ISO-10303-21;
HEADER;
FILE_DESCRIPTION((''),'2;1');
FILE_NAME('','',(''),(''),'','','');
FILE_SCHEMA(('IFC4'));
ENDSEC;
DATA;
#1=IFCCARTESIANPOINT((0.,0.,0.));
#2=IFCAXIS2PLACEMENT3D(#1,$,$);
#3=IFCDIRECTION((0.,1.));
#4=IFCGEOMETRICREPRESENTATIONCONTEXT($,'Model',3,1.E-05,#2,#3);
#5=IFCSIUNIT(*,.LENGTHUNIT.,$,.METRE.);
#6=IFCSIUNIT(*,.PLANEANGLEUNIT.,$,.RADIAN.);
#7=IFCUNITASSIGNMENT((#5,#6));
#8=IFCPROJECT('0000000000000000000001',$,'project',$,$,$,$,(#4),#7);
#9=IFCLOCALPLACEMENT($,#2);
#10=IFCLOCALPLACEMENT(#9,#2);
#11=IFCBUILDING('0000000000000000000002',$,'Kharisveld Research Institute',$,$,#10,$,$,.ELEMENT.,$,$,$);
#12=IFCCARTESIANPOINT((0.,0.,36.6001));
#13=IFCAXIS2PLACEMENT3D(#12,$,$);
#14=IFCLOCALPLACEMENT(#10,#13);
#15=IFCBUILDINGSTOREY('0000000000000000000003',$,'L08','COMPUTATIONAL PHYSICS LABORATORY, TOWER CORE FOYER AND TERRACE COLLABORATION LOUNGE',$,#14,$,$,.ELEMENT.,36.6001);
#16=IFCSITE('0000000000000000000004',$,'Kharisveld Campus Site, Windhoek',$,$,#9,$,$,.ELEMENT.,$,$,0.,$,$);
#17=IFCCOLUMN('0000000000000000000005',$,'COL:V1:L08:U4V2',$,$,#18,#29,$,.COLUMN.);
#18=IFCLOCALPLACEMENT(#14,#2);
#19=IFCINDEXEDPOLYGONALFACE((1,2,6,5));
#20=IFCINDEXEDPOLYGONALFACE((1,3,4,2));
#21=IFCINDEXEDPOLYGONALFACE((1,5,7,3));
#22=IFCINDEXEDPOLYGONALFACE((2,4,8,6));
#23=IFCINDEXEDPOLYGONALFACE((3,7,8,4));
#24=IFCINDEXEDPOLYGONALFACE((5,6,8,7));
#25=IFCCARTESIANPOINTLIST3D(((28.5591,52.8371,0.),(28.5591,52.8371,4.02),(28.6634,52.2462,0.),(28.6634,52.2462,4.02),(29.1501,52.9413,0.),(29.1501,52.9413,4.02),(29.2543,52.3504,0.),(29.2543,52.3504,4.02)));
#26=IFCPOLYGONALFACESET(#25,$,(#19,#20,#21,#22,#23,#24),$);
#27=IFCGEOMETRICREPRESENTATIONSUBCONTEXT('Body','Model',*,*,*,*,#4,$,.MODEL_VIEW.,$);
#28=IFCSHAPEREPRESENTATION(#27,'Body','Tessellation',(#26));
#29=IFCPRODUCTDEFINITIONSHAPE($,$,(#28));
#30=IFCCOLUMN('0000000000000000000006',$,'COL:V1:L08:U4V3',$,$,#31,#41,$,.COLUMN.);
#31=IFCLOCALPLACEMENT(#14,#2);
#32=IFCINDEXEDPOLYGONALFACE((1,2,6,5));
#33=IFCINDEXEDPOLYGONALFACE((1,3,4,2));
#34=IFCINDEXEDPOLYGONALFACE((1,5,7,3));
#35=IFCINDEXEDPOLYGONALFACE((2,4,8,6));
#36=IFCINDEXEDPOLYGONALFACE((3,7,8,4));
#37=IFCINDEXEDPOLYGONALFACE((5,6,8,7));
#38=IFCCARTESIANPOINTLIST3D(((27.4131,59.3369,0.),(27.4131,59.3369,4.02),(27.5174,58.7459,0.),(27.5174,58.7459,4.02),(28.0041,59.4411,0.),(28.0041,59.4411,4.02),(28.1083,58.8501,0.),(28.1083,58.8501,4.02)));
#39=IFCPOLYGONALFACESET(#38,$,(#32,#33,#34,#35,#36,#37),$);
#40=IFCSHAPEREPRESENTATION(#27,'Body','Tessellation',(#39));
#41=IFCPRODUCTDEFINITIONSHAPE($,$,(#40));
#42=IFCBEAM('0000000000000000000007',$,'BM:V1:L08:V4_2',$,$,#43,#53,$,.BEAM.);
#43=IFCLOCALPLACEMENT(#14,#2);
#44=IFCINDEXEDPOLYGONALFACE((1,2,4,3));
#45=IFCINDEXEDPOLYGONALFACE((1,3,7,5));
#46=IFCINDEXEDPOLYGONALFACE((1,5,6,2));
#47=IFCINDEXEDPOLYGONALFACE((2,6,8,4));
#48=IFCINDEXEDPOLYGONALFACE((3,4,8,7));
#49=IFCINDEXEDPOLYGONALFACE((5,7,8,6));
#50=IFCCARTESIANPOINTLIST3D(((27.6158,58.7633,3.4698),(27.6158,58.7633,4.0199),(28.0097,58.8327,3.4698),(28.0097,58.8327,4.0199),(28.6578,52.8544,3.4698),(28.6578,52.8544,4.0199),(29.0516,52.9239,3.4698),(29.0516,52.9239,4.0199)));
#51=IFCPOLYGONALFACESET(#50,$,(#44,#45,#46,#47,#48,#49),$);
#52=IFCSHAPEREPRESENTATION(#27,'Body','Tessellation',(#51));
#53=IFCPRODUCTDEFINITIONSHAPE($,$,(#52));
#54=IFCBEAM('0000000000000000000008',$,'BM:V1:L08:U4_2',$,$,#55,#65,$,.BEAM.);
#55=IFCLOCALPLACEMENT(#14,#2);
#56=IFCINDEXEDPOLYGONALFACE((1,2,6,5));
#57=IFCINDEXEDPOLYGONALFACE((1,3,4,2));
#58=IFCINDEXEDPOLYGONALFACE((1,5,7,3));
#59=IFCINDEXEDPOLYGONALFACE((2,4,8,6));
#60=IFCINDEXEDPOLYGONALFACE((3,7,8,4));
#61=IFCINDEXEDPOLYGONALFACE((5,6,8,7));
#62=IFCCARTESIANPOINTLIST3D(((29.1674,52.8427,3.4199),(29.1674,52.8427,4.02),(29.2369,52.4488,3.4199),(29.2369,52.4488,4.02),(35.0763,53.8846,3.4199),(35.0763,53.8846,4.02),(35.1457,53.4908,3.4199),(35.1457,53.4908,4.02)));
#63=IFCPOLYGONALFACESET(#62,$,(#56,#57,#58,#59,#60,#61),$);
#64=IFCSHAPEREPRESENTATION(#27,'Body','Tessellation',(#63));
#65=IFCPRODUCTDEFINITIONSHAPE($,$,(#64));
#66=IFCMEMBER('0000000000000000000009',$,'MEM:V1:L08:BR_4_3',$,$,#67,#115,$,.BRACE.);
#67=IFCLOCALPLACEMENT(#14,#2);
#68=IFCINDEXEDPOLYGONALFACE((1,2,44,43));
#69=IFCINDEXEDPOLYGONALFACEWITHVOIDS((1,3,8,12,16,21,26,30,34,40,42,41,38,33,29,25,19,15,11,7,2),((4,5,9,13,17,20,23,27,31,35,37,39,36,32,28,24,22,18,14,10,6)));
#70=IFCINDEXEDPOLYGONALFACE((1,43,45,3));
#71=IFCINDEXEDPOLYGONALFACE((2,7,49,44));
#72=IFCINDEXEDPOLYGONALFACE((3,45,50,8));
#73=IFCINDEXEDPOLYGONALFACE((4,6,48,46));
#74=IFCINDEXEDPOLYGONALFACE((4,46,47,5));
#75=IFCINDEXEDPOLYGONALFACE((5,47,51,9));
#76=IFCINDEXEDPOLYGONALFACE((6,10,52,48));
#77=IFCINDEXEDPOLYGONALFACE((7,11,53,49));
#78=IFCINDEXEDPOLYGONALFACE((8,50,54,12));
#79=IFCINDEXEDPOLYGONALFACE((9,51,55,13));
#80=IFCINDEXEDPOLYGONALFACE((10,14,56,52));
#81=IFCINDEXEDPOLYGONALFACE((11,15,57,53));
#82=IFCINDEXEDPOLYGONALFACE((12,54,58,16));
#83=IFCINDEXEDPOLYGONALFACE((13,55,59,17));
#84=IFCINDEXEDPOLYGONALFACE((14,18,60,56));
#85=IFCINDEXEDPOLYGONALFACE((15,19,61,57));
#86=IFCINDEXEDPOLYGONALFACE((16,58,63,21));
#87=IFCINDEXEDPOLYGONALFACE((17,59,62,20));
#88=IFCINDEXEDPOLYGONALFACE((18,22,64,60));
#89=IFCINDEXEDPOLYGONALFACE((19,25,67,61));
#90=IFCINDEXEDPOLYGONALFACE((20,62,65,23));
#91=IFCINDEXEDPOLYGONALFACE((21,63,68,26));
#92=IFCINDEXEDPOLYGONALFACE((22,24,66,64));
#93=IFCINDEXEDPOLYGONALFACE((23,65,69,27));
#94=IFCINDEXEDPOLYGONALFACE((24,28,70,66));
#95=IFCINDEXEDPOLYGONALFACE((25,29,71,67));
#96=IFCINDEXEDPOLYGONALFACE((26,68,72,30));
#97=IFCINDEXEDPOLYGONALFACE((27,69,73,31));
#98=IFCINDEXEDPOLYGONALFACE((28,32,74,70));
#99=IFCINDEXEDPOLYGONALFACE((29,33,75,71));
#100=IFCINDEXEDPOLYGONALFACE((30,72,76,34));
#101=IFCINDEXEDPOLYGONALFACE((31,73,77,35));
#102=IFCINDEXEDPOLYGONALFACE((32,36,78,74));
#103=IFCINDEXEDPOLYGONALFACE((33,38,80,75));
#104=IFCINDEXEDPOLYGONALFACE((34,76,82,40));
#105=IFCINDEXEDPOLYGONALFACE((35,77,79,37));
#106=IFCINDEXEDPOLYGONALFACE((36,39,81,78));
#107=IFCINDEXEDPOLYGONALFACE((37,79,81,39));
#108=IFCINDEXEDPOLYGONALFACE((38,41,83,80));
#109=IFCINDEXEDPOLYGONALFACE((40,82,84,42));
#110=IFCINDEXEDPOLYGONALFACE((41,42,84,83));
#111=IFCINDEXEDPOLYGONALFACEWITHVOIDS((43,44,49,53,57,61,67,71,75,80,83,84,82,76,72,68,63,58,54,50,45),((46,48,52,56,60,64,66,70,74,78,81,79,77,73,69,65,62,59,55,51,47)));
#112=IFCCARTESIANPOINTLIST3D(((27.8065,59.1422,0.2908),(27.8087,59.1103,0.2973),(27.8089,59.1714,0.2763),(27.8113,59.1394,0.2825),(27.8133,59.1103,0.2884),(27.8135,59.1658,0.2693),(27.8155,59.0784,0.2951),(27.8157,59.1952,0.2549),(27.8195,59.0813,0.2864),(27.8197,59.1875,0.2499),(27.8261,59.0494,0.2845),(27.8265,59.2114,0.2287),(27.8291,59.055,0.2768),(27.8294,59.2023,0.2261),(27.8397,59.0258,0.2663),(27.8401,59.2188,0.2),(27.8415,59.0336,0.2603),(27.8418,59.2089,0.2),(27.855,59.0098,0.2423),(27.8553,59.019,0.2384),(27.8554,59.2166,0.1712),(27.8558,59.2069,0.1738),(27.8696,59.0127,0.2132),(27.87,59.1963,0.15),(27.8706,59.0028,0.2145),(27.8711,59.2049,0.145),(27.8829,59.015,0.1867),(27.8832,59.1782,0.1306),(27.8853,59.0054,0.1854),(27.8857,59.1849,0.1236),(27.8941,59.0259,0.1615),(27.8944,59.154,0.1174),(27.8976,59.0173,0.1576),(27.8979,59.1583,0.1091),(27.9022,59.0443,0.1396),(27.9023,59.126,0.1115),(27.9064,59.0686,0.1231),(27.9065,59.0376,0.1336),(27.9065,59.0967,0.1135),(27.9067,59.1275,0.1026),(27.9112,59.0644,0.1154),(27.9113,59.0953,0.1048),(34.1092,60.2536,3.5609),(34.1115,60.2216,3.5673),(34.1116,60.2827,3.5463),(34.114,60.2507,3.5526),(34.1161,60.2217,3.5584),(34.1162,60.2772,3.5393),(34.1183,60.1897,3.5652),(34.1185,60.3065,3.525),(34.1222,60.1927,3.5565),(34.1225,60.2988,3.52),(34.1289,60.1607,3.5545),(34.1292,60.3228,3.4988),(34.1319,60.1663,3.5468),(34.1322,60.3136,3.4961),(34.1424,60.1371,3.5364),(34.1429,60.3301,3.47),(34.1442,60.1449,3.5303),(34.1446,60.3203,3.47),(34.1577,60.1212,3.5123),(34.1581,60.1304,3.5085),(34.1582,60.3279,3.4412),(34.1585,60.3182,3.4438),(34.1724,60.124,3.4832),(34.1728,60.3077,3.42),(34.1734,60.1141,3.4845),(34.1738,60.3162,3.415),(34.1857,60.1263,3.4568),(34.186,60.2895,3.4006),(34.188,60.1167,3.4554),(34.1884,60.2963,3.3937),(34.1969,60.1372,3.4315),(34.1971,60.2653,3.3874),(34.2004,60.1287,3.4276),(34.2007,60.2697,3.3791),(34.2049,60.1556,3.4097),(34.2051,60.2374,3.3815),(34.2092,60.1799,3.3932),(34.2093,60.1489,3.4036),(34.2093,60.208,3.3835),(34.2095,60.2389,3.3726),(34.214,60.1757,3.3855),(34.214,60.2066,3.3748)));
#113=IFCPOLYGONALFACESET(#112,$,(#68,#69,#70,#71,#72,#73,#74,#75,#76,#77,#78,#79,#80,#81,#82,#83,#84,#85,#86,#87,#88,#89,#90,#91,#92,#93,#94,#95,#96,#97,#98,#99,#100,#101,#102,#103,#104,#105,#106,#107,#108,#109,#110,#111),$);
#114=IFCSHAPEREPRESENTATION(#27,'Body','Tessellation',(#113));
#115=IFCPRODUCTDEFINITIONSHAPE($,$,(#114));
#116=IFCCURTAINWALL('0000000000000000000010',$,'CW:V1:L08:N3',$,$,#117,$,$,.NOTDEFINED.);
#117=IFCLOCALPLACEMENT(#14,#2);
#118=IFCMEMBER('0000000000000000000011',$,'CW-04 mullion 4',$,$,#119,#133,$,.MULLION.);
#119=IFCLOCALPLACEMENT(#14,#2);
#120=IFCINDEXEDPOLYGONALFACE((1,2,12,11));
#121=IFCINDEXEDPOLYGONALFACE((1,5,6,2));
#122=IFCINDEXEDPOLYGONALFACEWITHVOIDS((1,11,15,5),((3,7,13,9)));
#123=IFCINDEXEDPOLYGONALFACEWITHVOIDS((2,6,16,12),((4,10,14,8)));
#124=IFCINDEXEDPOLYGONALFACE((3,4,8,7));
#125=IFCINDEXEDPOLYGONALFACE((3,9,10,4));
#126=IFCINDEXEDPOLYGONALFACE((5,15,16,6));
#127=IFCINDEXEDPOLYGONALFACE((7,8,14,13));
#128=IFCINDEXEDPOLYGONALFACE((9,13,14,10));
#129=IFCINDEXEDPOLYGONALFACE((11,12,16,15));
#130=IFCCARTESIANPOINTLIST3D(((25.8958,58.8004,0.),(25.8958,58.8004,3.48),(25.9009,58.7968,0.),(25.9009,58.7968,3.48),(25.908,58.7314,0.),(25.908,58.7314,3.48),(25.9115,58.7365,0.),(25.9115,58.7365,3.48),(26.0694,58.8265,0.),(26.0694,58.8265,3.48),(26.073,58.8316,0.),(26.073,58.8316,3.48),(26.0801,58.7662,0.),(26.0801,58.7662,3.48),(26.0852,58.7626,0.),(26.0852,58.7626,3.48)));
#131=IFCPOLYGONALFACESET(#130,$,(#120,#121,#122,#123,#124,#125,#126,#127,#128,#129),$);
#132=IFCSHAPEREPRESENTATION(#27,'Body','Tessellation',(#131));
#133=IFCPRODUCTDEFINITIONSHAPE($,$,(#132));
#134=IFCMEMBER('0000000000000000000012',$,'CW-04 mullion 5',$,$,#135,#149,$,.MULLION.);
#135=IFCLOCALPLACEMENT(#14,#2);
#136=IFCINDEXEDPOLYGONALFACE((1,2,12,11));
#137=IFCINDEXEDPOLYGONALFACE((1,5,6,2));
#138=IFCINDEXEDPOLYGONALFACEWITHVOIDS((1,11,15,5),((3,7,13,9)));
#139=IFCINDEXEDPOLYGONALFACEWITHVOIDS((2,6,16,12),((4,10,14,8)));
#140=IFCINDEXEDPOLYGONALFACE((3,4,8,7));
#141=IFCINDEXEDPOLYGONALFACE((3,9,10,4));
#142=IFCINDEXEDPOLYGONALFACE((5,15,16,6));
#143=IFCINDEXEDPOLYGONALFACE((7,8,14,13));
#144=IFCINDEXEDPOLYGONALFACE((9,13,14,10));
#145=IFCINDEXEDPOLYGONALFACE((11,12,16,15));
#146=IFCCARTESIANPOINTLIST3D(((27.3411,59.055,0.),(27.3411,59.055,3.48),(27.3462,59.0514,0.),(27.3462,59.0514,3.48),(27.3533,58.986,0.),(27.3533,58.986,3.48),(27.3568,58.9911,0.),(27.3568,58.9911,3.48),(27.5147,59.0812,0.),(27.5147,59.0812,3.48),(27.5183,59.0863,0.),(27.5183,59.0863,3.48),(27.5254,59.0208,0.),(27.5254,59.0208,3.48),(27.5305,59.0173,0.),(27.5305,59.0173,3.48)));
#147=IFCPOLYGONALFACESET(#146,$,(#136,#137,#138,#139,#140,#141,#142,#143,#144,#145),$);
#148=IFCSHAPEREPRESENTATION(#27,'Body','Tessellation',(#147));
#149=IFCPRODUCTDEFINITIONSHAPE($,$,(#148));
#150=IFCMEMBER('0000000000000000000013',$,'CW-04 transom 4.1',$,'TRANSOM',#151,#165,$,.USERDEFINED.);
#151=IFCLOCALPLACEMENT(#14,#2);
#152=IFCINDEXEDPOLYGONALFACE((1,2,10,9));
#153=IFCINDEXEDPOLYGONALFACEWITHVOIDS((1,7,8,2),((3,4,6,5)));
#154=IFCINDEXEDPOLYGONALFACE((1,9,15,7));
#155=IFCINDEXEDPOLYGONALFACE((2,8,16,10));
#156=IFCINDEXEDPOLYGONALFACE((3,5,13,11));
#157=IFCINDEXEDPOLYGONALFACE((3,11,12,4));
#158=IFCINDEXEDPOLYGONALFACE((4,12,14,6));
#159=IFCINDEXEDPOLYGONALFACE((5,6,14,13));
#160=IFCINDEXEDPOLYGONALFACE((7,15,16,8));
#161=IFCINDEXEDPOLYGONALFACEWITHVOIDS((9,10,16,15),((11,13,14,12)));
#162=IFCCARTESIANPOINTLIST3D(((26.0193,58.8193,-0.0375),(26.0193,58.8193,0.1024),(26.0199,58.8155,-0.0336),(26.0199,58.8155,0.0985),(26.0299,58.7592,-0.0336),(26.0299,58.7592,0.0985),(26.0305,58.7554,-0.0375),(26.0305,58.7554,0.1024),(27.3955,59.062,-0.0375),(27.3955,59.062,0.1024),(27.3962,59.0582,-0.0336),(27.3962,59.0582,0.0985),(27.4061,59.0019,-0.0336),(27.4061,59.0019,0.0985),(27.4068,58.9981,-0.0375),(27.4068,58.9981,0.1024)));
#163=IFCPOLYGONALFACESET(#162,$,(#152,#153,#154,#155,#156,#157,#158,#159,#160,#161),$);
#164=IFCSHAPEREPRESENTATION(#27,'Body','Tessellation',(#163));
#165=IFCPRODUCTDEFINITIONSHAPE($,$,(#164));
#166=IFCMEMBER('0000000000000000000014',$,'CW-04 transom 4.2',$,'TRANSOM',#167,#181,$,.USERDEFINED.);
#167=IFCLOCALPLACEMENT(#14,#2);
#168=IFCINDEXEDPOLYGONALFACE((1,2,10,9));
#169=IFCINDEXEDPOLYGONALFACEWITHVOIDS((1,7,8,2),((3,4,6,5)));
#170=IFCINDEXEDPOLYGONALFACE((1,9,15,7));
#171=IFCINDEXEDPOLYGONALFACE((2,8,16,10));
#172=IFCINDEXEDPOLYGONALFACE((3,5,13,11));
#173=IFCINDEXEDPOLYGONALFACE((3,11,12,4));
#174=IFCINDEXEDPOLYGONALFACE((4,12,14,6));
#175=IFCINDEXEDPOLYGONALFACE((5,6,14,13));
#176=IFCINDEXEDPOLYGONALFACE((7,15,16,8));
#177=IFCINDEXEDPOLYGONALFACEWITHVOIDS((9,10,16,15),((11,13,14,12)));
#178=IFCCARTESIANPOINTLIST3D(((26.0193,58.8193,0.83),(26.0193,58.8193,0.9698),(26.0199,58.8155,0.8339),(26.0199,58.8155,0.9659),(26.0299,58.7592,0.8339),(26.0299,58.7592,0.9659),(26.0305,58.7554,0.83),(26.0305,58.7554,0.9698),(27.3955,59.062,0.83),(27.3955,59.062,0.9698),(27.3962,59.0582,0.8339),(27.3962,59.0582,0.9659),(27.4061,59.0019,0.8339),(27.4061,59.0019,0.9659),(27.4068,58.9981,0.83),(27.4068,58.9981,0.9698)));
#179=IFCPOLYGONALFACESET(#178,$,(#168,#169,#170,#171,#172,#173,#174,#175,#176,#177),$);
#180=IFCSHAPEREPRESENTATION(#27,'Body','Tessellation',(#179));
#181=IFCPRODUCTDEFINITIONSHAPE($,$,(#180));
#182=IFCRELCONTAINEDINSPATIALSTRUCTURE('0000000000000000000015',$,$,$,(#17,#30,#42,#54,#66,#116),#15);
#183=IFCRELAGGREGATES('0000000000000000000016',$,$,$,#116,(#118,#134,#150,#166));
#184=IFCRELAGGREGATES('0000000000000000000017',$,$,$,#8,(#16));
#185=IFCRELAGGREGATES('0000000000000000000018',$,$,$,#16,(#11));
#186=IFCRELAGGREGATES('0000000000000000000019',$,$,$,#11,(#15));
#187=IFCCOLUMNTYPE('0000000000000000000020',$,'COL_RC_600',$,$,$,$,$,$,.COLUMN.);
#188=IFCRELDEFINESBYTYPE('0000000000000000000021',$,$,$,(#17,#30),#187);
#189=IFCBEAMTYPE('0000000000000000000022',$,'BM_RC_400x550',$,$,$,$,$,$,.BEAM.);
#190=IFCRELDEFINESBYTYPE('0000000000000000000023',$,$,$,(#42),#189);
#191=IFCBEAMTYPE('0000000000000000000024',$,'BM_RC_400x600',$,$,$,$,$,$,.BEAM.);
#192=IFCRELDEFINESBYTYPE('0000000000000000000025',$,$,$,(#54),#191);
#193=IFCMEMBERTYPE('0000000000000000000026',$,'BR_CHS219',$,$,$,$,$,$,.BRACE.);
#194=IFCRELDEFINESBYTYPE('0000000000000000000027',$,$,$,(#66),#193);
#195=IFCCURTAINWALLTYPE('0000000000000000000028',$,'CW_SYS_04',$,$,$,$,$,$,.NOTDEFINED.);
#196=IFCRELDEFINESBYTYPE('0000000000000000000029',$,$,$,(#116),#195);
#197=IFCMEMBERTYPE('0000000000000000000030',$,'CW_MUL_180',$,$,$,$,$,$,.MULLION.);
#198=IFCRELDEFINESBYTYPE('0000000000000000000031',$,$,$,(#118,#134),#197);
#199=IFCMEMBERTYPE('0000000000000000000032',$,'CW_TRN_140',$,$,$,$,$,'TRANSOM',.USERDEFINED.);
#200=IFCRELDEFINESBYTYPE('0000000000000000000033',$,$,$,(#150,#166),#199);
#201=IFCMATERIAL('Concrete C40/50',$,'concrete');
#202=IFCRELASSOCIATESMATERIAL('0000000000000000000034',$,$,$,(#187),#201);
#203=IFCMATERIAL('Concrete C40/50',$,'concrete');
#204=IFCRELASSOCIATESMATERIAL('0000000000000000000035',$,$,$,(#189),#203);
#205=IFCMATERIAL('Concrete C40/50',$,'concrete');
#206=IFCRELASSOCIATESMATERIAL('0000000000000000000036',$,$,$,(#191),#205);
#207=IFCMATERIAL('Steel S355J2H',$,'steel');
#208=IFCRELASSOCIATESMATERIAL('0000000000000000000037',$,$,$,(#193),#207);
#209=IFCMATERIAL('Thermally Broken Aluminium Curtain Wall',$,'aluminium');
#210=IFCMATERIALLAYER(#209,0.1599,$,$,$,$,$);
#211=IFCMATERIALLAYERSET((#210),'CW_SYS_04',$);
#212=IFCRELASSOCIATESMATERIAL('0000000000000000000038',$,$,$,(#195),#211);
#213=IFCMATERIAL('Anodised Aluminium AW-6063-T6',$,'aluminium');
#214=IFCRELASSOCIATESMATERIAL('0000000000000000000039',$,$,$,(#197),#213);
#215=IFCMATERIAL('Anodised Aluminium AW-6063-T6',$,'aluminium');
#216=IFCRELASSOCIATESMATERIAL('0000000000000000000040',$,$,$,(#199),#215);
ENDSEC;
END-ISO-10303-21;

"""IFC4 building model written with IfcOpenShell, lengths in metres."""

from ifc_helpers import new_model, si_unit, direction, frame, origin, origin_2d, place, context, subcontext, project, spatial, rectangle, hollow_rectangle, hollow_circle, extrude, material, layer, layer_set, material_profile, profile_set, type_object, element, aggregate, save


model = new_model("IFC4")

# Units and contexts
model_context = context("Model", 3, precision=1e-05, world=origin(), true_north=direction((0.0, 1.0)))
body_context = subcontext(model_context, "Body", "Model", "MODEL_VIEW")
ifc_project = project(units=[si_unit("LENGTHUNIT", "METRE"), si_unit("PLANEANGLEUNIT", "RADIAN")], contexts=[model_context])

# Site, building, storey
site_placement = place(None, origin())
site = spatial("IfcSite", under=ifc_project, at=site_placement, Name="Kharisveld Campus Site, Windhoek", CompositionType="ELEMENT", RefElevation=0.0)
building_placement = place(site_placement, origin())
building = spatial("IfcBuilding", under=site, at=building_placement, Name="Kharisveld Research Institute", CompositionType="ELEMENT")
storey_placement = place(building_placement, frame((0.0, 0.0, 36.6001)))
storey = spatial("IfcBuildingStorey", under=building, at=storey_placement, Name="L08", Description="COMPUTATIONAL PHYSICS LABORATORY, TOWER CORE FOYER AND TERRACE COLLABORATION LOUNGE", CompositionType="ELEMENT", Elevation=36.6001)

# Columns
ifc_material_1 = material(Name="Concrete C40/50", Category="concrete")
ifc_material_profile_1 = material_profile(ifc_material_1, rectangle(XDim=0.6001, YDim=0.6001, at=origin_2d()))
ifc_profile_set_1 = profile_set([ifc_material_profile_1], Name="Concrete C40/50")
column_type = type_object("IfcColumnType", Name="COL_RC_600", PredefinedType="COLUMN", material=ifc_profile_set_1)
for number, where, z_axis, x_axis, name in (
    (1, (28.9067, 52.5938, 0.0), (0.0, 0.0, 1.0), (0.984808, 0.173648, 0.0), "COL:V1:L08:U4V2"),
    (2, (27.7607, 59.0935, 0.0), (0.0, 0.0, 1.0), (0.984808, 0.173648, 0.0), "COL:V1:L08:U4V3"),
):
    element("IfcColumn", number, at=place(storey_placement, frame(where, z_axis=z_axis, x_axis=x_axis)), inside=storey, type_object=column_type, Name=name, PredefinedType="COLUMN", context=body_context, shape_type="SweptSolid", body=[
        extrude(rectangle(XDim=0.6001, YDim=0.6001, at=origin_2d()), origin(), (0.0, 0.0, 1.0), 4.02),
    ])

# Beams
ifc_material_2 = material(Name="Concrete C40/50", Category="concrete")
ifc_material_profile_2 = material_profile(ifc_material_2, rectangle(XDim=0.3999, YDim=0.55, at=origin_2d()))
ifc_profile_set_2 = profile_set([ifc_material_profile_2], Name="Concrete C40/50")
beam_type_1 = type_object("IfcBeamType", Name="BM_RC_400x550", PredefinedType="BEAM", material=ifc_profile_set_2)
beam_1_placement = place(storey_placement, frame((28.8547, 52.8892, 3.7449), z_axis=(-0.173662, 0.984805, 0.0), x_axis=(-0.984805, -0.173662, 0.0)))
element("IfcBeam", 3, at=beam_1_placement, inside=storey, type_object=beam_type_1, Name="BM:V1:L08:V4_2", PredefinedType="BEAM", context=body_context, shape_type="SweptSolid", body=[
    extrude(rectangle(XDim=0.3999, YDim=0.55, at=origin_2d()), origin(), (0.0, 0.0, 1.0), 6.0),
])
ifc_material_3 = material(Name="Concrete C40/50", Category="concrete")
ifc_material_profile_3 = material_profile(ifc_material_3, rectangle(XDim=0.3999, YDim=0.6001, at=origin_2d()))
ifc_profile_set_3 = profile_set([ifc_material_profile_3], Name="Concrete C40/50")
beam_type_2 = type_object("IfcBeamType", Name="BM_RC_400x600", PredefinedType="BEAM", material=ifc_profile_set_3)
beam_2_placement = place(storey_placement, frame((29.2021, 52.6458, 3.72), z_axis=(0.984805, 0.173662, 0.0), x_axis=(-0.173662, 0.984805, 0.0)))
element("IfcBeam", 4, at=beam_2_placement, inside=storey, type_object=beam_type_2, Name="BM:V1:L08:U4_2", PredefinedType="BEAM", context=body_context, shape_type="SweptSolid", body=[
    extrude(rectangle(XDim=0.3999, YDim=0.6001, at=origin_2d()), origin(), (0.0, 0.0, 1.0), 6.0),
])

# Member
ifc_material_4 = material(Name="Steel S355J2H", Category="steel")
ifc_material_profile_4 = material_profile(ifc_material_4, hollow_circle(Radius=0.1096, WallThickness=0.01, at=origin_2d()))
ifc_profile_set_4 = profile_set([ifc_material_profile_4], Name="Steel S355J2H")
member_type_1 = type_object("IfcMemberType", Name="BR_CHS219", PredefinedType="BRACE", material=ifc_profile_set_4)
member_1_placement = place(storey_placement, frame((27.8591, 59.1108, 0.2), z_axis=(0.876967, 0.154631, 0.454993), x_axis=(-0.173646, 0.984808, 0.0)))
element("IfcMember", 5, at=member_1_placement, inside=storey, type_object=member_type_1, Name="MEM:V1:L08:BR_4_3", PredefinedType="BRACE", context=body_context, shape_type="SweptSolid", body=[
    extrude(hollow_circle(Radius=0.1096, WallThickness=0.01, at=origin_2d()), origin(), (0.0, 0.0, 1.0), 7.187),
])

# Curtain wall, members
ifc_material_5 = material(Name="Thermally Broken Aluminium Curtain Wall", Category="aluminium")
ifc_layer_1 = layer(ifc_material_5, 0.1599)
ifc_layer_set_1 = layer_set([ifc_layer_1], Name="CW_SYS_04")
curtain_wall_type = type_object("IfcCurtainWallType", Name="CW_SYS_04", PredefinedType="NOTDEFINED", material=ifc_layer_set_1)
curtain_wall_placement = place(storey_placement, origin())
curtain_wall = element("IfcCurtainWall", 6, at=curtain_wall_placement, inside=storey, type_object=curtain_wall_type, Name="CW:V1:L08:N3", PredefinedType="NOTDEFINED")
ifc_material_6 = material(Name="Anodised Aluminium AW-6063-T6", Category="aluminium")
ifc_material_profile_5 = material_profile(ifc_material_6, hollow_rectangle(XDim=0.0701, YDim=0.1799, WallThickness=0.0044, at=origin_2d()))
ifc_profile_set_5 = profile_set([ifc_material_profile_5], Name="Anodised Aluminium AW-6063-T6")
member_type_2 = type_object("IfcMemberType", Name="CW_MUL_180", PredefinedType="MULLION", material=ifc_profile_set_5)
member_2_placement = place(storey_placement, frame((25.9905, 58.7815, 0.0), z_axis=(0.0, 0.0, 1.0), x_axis=(-0.173648, 0.984808, 0.0)))
member_2 = element("IfcMember", 7, at=member_2_placement, type_object=member_type_2, Name="CW-04 mullion 4", PredefinedType="MULLION", context=body_context, shape_type="SweptSolid", body=[
    extrude(hollow_rectangle(XDim=0.0701, YDim=0.1799, WallThickness=0.0044, at=origin_2d()), origin(), (0.0, 0.0, 1.0), 3.48),
])
member_3_placement = place(storey_placement, frame((27.4358, 59.0361, 0.0), z_axis=(0.0, 0.0, 1.0), x_axis=(-0.173648, 0.984808, 0.0)))
member_3 = element("IfcMember", 8, at=member_3_placement, type_object=member_type_2, Name="CW-04 mullion 5", PredefinedType="MULLION", context=body_context, shape_type="SweptSolid", body=[
    extrude(hollow_rectangle(XDim=0.0701, YDim=0.1799, WallThickness=0.0044, at=origin_2d()), origin(), (0.0, 0.0, 1.0), 3.48),
])
ifc_material_7 = material(Name="Anodised Aluminium AW-6063-T6", Category="aluminium")
ifc_material_profile_6 = material_profile(ifc_material_7, hollow_rectangle(XDim=0.0649, YDim=0.1399, WallThickness=0.0039, at=origin_2d()))
ifc_profile_set_6 = profile_set([ifc_material_profile_6], Name="Anodised Aluminium AW-6063-T6")
member_type_3 = type_object("IfcMemberType", Name="CW_TRN_140", ElementType="TRANSOM", PredefinedType="USERDEFINED", material=ifc_profile_set_6)
member_4_placement = place(storey_placement, frame((26.0249, 58.7874, 0.0325), z_axis=(0.984806, 0.173656, 0.0), x_axis=(-0.173656, 0.984806, 0.0)))
member_4 = element("IfcMember", 9, at=member_4_placement, type_object=member_type_3, Name="CW-04 transom 4.1", ObjectType="TRANSOM", PredefinedType="USERDEFINED", context=body_context, shape_type="SweptSolid", body=[
    extrude(hollow_rectangle(XDim=0.0649, YDim=0.1399, WallThickness=0.0039, at=origin_2d()), origin(), (0.0, 0.0, 1.0), 1.3975),
])
member_5_placement = place(storey_placement, frame((26.0249, 58.7874, 0.8999), z_axis=(0.984806, 0.173656, 0.0), x_axis=(-0.173656, 0.984806, 0.0)))
member_5 = element("IfcMember", 10, at=member_5_placement, type_object=member_type_3, Name="CW-04 transom 4.2", ObjectType="TRANSOM", PredefinedType="USERDEFINED", context=body_context, shape_type="SweptSolid", body=[
    extrude(hollow_rectangle(XDim=0.0649, YDim=0.1399, WallThickness=0.0039, at=origin_2d()), origin(), (0.0, 0.0, 1.0), 1.3975),
])

aggregate(curtain_wall, [member_2, member_3, member_4, member_5])

save(model, "model.ifc")
